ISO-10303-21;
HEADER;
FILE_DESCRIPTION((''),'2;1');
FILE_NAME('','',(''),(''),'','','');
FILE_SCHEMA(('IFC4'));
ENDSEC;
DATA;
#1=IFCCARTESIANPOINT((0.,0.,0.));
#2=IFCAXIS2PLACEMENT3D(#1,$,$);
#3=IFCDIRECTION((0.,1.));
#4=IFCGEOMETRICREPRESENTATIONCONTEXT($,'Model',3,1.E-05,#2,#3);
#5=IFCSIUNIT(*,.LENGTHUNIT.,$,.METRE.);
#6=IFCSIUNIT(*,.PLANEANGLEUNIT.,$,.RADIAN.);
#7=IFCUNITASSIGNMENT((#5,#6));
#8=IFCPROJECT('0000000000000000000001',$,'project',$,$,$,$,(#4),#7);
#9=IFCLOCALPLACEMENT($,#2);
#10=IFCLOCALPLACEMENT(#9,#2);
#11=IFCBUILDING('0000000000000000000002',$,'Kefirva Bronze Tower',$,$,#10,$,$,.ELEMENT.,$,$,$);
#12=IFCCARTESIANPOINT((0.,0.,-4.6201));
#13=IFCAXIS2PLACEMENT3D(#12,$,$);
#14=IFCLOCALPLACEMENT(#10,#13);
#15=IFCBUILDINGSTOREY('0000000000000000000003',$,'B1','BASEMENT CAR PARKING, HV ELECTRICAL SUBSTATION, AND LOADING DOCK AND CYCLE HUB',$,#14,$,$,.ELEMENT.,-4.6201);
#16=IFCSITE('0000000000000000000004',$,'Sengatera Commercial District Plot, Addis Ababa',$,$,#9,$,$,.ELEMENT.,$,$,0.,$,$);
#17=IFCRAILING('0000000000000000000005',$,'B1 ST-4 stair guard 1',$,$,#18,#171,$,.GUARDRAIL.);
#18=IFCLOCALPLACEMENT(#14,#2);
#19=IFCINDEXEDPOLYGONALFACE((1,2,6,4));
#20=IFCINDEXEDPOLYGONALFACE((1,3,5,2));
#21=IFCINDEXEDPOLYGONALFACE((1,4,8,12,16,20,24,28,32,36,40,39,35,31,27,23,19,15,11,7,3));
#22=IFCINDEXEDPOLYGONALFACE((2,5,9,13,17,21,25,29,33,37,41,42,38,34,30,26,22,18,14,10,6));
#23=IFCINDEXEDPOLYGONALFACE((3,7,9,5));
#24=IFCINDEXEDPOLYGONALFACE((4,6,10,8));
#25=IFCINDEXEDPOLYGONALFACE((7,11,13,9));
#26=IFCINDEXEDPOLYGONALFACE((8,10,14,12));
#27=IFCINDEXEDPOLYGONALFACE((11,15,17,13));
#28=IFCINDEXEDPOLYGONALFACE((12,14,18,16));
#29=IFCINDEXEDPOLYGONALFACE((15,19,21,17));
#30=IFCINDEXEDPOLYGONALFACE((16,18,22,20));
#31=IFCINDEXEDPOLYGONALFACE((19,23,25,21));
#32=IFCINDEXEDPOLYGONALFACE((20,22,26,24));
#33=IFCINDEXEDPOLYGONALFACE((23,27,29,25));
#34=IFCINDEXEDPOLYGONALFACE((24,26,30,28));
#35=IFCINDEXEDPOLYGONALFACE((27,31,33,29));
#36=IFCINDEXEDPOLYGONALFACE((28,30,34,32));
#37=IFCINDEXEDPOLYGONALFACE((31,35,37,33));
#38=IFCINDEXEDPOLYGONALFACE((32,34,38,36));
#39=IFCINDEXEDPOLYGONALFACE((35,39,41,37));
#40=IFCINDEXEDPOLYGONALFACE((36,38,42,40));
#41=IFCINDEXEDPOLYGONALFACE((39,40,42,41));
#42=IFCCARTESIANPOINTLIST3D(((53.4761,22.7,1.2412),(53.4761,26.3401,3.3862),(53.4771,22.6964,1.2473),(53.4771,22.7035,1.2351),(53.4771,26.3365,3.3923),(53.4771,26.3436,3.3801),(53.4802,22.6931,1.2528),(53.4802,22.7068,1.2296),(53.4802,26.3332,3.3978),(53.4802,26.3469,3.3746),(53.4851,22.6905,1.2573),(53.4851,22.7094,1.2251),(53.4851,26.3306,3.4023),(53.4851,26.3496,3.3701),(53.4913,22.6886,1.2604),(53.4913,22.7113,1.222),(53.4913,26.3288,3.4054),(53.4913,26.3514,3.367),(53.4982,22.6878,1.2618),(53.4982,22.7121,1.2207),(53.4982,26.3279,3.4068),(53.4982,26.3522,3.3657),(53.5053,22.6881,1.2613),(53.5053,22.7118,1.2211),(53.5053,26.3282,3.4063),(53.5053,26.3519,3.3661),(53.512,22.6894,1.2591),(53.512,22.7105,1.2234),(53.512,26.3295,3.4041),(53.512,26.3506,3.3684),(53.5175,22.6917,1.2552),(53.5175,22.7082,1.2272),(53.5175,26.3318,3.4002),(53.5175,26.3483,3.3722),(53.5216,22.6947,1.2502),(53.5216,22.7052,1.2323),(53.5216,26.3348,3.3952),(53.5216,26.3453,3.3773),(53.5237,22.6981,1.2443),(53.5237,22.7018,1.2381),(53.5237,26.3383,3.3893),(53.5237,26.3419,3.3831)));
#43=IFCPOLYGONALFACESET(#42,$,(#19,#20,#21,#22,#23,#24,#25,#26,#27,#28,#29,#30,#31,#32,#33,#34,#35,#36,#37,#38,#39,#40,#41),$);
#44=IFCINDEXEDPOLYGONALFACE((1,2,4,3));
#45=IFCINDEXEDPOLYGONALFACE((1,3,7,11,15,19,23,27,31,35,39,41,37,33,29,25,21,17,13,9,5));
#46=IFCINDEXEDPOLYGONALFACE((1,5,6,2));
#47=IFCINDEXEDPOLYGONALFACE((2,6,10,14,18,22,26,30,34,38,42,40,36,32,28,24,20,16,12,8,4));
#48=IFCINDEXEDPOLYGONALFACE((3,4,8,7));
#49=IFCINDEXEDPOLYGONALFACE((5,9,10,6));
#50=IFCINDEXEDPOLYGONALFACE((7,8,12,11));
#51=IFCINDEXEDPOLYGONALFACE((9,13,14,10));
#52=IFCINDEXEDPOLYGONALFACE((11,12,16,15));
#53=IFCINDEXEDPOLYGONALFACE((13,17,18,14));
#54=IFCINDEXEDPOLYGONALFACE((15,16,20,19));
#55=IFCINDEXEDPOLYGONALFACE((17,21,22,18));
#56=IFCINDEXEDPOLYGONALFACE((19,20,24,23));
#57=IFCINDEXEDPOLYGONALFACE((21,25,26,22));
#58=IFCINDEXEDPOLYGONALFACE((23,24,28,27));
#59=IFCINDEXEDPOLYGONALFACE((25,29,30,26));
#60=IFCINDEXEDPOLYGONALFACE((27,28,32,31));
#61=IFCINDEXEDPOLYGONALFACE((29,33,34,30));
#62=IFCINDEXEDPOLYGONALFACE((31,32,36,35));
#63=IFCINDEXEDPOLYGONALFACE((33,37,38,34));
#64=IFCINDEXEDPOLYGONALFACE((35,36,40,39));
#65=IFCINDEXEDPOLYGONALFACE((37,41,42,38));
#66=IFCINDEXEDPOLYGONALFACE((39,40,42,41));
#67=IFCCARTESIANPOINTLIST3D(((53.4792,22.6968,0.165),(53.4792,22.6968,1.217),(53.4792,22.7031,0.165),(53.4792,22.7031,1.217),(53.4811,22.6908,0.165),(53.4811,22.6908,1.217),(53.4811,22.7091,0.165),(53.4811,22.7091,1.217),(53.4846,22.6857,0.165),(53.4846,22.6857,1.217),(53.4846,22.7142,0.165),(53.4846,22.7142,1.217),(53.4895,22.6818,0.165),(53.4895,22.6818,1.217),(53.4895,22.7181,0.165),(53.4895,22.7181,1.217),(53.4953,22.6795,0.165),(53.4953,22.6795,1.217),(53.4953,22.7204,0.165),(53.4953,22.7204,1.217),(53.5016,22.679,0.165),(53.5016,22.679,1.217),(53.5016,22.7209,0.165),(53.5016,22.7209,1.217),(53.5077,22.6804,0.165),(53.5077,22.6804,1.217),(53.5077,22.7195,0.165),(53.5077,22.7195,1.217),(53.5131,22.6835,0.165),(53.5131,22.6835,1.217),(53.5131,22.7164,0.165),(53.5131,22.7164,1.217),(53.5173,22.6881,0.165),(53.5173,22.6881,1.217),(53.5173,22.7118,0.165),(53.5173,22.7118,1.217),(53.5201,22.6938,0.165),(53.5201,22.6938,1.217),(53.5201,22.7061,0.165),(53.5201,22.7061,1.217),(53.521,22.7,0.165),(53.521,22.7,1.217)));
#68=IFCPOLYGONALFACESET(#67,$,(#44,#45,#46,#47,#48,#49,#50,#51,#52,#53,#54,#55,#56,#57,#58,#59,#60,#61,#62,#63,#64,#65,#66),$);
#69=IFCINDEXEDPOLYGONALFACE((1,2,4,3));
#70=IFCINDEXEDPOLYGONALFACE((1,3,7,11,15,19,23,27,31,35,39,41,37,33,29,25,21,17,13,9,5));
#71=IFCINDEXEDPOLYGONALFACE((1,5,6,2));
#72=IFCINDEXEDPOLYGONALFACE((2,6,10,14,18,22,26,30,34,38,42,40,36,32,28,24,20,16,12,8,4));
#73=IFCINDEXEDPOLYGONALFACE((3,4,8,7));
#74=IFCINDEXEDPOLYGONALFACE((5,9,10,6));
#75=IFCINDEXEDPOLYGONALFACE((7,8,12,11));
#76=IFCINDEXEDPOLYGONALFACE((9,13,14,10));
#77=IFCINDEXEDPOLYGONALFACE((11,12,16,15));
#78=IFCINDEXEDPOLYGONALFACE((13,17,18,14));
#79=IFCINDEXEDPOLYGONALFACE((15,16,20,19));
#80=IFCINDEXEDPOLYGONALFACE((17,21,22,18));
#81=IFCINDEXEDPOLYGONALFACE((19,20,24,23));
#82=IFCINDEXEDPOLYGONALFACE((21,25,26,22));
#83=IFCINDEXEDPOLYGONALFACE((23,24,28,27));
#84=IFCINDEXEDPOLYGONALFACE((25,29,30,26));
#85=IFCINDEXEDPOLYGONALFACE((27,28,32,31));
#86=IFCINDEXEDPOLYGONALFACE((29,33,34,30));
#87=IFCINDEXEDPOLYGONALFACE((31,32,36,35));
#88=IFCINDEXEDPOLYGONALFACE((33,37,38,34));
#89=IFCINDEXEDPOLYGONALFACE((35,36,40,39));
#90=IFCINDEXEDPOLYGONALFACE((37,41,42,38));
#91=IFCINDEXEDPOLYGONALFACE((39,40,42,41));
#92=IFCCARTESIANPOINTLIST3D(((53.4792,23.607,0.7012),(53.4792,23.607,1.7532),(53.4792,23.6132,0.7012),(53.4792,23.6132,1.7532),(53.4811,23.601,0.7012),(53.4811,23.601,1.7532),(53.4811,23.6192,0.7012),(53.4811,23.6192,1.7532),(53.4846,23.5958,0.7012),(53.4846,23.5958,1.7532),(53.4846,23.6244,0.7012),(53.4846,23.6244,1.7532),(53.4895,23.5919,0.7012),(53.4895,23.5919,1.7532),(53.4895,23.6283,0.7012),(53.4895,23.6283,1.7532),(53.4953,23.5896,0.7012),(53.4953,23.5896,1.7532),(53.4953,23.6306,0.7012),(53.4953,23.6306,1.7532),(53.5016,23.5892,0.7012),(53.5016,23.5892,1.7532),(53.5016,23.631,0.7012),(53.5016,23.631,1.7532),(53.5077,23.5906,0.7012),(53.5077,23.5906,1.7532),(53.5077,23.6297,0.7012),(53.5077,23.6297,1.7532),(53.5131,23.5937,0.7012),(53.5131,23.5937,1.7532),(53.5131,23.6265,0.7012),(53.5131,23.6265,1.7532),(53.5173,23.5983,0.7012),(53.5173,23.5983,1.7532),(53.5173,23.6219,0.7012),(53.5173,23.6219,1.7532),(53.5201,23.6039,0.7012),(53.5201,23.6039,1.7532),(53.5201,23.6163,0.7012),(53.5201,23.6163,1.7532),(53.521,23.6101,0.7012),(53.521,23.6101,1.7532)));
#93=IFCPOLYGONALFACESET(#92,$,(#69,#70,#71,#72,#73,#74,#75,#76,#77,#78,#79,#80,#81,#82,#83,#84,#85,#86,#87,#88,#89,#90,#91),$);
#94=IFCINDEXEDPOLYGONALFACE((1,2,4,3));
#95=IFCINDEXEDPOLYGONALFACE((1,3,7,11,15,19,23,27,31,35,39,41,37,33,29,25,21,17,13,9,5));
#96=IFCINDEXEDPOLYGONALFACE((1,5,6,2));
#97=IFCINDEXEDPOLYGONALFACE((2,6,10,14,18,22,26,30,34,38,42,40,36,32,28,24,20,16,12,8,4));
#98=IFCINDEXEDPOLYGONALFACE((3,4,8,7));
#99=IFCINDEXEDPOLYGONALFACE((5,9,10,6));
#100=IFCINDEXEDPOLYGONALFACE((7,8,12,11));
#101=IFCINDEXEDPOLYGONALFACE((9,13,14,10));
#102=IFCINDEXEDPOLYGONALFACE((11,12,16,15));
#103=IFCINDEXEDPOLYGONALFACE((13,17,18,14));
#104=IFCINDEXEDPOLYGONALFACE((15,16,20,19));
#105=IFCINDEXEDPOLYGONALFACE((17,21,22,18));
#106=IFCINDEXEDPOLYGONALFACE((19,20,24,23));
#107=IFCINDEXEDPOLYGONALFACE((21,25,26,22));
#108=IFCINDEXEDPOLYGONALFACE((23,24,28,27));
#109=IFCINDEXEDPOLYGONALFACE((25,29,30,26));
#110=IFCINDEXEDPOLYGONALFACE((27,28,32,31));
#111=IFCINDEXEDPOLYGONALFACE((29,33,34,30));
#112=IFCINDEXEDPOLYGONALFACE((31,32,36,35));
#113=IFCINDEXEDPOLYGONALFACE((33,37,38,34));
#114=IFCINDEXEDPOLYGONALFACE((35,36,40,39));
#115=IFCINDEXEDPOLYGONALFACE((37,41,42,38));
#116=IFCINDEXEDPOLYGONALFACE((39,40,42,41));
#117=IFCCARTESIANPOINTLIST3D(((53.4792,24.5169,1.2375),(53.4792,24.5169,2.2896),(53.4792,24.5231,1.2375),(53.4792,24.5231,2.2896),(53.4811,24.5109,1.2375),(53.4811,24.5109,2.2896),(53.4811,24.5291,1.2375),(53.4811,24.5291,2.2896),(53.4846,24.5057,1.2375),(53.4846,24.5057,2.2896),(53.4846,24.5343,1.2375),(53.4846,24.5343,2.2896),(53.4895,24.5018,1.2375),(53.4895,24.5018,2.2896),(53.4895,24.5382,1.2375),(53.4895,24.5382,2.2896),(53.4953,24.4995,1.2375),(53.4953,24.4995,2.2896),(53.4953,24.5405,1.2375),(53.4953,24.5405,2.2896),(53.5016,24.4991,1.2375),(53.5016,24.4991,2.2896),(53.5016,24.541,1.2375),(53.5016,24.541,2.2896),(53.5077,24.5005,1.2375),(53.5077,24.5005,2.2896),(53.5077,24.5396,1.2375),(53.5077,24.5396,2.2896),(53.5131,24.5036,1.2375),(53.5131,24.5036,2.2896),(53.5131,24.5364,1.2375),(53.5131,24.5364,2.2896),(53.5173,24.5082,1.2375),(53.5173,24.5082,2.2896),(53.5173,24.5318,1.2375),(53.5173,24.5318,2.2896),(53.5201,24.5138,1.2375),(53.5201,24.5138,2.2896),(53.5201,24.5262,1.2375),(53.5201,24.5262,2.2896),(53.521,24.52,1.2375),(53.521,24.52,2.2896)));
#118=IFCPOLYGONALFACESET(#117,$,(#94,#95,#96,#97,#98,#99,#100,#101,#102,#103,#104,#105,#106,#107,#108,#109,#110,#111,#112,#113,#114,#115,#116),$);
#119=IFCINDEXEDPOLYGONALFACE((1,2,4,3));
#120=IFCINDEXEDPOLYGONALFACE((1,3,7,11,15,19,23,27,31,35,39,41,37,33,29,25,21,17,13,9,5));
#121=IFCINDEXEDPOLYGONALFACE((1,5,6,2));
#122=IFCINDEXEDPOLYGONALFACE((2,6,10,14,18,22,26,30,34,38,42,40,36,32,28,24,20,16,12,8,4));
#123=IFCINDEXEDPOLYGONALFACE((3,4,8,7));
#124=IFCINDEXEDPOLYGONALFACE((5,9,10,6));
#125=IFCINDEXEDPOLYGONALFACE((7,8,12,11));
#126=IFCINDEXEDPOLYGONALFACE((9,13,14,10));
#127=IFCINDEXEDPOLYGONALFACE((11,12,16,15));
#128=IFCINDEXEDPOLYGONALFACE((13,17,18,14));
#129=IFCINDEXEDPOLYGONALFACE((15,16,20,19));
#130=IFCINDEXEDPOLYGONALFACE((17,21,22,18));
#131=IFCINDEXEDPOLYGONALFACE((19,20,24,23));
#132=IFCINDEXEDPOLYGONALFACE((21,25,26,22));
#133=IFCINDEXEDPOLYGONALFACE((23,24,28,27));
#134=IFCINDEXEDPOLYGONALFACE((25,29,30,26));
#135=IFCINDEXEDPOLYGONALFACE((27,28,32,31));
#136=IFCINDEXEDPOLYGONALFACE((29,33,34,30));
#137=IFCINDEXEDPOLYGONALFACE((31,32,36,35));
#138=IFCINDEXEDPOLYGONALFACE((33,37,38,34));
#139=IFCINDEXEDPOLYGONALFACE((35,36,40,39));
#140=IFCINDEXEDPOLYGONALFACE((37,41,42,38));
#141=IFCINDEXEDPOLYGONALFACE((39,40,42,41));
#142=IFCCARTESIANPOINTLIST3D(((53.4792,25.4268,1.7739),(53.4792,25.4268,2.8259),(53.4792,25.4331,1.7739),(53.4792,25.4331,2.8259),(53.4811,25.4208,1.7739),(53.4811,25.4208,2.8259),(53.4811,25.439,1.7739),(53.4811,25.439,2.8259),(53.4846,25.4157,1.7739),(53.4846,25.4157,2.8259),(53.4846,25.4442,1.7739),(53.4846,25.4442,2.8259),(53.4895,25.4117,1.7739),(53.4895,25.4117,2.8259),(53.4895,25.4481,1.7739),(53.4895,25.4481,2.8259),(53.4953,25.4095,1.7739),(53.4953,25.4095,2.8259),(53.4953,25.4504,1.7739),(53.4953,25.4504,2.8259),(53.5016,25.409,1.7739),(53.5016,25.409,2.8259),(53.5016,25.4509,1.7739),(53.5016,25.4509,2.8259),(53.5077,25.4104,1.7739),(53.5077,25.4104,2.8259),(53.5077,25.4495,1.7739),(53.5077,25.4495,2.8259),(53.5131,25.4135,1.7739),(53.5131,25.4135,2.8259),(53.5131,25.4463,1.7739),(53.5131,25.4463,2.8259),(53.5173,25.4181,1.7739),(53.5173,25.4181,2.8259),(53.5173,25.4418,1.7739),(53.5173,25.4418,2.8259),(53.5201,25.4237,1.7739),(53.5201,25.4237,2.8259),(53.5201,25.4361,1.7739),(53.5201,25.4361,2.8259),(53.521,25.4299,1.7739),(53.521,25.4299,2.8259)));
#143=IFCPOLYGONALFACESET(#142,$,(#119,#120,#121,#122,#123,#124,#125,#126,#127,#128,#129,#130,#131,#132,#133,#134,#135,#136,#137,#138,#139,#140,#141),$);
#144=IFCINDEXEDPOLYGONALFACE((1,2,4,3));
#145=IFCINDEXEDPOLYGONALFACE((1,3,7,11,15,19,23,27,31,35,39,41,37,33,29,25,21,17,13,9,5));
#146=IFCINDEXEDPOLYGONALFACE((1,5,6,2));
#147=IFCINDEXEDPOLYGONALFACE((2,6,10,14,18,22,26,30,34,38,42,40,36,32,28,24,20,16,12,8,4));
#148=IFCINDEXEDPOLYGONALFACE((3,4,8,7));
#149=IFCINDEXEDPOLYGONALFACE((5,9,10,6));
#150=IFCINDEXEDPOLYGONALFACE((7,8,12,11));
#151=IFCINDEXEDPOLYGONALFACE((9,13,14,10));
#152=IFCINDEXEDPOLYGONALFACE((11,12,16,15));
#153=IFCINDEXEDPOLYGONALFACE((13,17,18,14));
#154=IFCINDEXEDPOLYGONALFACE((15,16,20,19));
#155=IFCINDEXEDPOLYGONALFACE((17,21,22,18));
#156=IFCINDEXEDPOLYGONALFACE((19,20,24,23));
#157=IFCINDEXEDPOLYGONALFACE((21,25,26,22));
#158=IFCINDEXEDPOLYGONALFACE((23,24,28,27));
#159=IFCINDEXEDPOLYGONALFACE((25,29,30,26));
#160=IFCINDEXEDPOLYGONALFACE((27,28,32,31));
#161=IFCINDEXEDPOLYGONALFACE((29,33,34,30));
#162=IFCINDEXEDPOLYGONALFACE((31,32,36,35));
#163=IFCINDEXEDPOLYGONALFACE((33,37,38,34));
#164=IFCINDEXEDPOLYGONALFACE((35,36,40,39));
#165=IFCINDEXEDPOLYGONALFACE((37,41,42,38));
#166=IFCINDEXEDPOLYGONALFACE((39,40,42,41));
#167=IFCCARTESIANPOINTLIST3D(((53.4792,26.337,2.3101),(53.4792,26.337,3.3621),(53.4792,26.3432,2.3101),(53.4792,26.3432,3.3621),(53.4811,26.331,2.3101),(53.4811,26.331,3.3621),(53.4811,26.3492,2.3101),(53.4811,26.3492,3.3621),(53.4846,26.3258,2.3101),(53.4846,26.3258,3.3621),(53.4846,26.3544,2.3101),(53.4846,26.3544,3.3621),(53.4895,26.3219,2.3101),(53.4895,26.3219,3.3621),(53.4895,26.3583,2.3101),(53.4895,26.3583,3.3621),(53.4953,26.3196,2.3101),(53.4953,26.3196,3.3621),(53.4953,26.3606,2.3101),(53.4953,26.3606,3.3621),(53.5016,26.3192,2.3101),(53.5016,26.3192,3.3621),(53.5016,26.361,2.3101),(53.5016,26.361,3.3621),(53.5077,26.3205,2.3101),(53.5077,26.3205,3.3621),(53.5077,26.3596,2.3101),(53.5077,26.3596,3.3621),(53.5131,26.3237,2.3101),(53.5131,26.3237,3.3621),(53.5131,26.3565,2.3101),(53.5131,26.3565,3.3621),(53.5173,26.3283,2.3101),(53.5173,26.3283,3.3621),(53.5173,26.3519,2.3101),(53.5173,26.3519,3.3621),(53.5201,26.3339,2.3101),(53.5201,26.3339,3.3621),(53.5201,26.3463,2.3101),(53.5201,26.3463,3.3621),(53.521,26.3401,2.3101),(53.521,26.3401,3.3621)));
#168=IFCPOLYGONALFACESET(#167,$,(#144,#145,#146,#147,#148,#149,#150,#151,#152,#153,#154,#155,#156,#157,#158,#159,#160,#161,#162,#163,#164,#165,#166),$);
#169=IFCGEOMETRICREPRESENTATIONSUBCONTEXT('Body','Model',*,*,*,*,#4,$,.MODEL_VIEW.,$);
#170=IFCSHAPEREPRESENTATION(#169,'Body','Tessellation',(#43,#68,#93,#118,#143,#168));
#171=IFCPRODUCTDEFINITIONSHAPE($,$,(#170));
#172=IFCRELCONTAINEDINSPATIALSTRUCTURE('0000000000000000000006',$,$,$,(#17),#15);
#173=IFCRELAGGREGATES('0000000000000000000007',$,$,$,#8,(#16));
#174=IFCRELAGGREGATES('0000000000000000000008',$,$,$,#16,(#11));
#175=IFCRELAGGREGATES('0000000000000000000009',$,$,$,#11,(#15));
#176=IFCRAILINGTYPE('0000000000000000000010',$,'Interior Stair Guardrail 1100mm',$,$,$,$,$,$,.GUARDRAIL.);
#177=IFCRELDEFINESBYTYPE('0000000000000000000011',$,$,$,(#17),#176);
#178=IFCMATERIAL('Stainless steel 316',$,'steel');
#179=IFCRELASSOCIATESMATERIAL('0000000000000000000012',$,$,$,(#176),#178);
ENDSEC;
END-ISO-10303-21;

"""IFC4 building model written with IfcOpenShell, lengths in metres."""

from ifc_helpers import new_model, si_unit, direction, frame, origin, origin_2d, place, context, subcontext, project, spatial, circle, extrude, material, type_object, element, save


model = new_model("IFC4")

# Units and contexts
model_context = context("Model", 3, precision=1e-05, world=origin(), true_north=direction((0.0, 1.0)))
body_context = subcontext(model_context, "Body", "Model", "MODEL_VIEW")
ifc_project = project(units=[si_unit("LENGTHUNIT", "METRE"), si_unit("PLANEANGLEUNIT", "RADIAN")], contexts=[model_context])

# Site, building, storey
site_placement = place(None, origin())
site = spatial("IfcSite", under=ifc_project, at=site_placement, Name="Sengatera Commercial District Plot, Addis Ababa", CompositionType="ELEMENT", RefElevation=0.0)
building_placement = place(site_placement, origin())
building = spatial("IfcBuilding", under=site, at=building_placement, Name="Kefirva Bronze Tower", CompositionType="ELEMENT")
storey_placement = place(building_placement, frame((0.0, 0.0, -4.6201)))
storey = spatial("IfcBuildingStorey", under=building, at=storey_placement, Name="B1", Description="BASEMENT CAR PARKING, HV ELECTRICAL SUBSTATION, AND LOADING DOCK AND CYCLE HUB", CompositionType="ELEMENT", Elevation=-4.6201)

# Railing
ifc_material_1 = material(Name="Stainless steel 316", Category="steel")
railing_type_1 = type_object("IfcRailingType", Name="Interior Stair Guardrail 1100mm", PredefinedType="GUARDRAIL", material=ifc_material_1)
railing_1_placement = place(storey_placement, frame((53.5, 22.7, 0.165)))
element("IfcRailing", 1, at=railing_1_placement, inside=storey, type_object=railing_type_1, Name="B1 ST-4 stair guard 1", PredefinedType="GUARDRAIL", context=body_context, shape_type="SweptSolid", body=[
    extrude(circle(Radius=0.0239, at=origin_2d()), frame((0.0, 0.0, 1.0762), z_axis=(0.0, 0.861545, 0.507682), x_axis=(-1.0, 0.0, 0.0)), (0.0, 0.0, 1.0), 4.2251),
    extrude(circle(Radius=0.021, at=origin_2d()), origin(), (0.0, 0.0, 1.0), 1.052),
    extrude(circle(Radius=0.021, at=origin_2d()), frame((0.0, 0.9102, 0.5361)), (0.0, 0.0, 1.0), 1.052),
    extrude(circle(Radius=0.021, at=origin_2d()), frame((0.0, 1.8201, 1.0725)), (0.0, 0.0, 1.0), 1.052),
    extrude(circle(Radius=0.021, at=origin_2d()), frame((0.0, 2.73, 1.6089)), (0.0, 0.0, 1.0), 1.052),
    extrude(circle(Radius=0.021, at=origin_2d()), frame((0.0, 3.6401, 2.145)), (0.0, 0.0, 1.0), 1.052),
])

save(model, "model.ifc")
